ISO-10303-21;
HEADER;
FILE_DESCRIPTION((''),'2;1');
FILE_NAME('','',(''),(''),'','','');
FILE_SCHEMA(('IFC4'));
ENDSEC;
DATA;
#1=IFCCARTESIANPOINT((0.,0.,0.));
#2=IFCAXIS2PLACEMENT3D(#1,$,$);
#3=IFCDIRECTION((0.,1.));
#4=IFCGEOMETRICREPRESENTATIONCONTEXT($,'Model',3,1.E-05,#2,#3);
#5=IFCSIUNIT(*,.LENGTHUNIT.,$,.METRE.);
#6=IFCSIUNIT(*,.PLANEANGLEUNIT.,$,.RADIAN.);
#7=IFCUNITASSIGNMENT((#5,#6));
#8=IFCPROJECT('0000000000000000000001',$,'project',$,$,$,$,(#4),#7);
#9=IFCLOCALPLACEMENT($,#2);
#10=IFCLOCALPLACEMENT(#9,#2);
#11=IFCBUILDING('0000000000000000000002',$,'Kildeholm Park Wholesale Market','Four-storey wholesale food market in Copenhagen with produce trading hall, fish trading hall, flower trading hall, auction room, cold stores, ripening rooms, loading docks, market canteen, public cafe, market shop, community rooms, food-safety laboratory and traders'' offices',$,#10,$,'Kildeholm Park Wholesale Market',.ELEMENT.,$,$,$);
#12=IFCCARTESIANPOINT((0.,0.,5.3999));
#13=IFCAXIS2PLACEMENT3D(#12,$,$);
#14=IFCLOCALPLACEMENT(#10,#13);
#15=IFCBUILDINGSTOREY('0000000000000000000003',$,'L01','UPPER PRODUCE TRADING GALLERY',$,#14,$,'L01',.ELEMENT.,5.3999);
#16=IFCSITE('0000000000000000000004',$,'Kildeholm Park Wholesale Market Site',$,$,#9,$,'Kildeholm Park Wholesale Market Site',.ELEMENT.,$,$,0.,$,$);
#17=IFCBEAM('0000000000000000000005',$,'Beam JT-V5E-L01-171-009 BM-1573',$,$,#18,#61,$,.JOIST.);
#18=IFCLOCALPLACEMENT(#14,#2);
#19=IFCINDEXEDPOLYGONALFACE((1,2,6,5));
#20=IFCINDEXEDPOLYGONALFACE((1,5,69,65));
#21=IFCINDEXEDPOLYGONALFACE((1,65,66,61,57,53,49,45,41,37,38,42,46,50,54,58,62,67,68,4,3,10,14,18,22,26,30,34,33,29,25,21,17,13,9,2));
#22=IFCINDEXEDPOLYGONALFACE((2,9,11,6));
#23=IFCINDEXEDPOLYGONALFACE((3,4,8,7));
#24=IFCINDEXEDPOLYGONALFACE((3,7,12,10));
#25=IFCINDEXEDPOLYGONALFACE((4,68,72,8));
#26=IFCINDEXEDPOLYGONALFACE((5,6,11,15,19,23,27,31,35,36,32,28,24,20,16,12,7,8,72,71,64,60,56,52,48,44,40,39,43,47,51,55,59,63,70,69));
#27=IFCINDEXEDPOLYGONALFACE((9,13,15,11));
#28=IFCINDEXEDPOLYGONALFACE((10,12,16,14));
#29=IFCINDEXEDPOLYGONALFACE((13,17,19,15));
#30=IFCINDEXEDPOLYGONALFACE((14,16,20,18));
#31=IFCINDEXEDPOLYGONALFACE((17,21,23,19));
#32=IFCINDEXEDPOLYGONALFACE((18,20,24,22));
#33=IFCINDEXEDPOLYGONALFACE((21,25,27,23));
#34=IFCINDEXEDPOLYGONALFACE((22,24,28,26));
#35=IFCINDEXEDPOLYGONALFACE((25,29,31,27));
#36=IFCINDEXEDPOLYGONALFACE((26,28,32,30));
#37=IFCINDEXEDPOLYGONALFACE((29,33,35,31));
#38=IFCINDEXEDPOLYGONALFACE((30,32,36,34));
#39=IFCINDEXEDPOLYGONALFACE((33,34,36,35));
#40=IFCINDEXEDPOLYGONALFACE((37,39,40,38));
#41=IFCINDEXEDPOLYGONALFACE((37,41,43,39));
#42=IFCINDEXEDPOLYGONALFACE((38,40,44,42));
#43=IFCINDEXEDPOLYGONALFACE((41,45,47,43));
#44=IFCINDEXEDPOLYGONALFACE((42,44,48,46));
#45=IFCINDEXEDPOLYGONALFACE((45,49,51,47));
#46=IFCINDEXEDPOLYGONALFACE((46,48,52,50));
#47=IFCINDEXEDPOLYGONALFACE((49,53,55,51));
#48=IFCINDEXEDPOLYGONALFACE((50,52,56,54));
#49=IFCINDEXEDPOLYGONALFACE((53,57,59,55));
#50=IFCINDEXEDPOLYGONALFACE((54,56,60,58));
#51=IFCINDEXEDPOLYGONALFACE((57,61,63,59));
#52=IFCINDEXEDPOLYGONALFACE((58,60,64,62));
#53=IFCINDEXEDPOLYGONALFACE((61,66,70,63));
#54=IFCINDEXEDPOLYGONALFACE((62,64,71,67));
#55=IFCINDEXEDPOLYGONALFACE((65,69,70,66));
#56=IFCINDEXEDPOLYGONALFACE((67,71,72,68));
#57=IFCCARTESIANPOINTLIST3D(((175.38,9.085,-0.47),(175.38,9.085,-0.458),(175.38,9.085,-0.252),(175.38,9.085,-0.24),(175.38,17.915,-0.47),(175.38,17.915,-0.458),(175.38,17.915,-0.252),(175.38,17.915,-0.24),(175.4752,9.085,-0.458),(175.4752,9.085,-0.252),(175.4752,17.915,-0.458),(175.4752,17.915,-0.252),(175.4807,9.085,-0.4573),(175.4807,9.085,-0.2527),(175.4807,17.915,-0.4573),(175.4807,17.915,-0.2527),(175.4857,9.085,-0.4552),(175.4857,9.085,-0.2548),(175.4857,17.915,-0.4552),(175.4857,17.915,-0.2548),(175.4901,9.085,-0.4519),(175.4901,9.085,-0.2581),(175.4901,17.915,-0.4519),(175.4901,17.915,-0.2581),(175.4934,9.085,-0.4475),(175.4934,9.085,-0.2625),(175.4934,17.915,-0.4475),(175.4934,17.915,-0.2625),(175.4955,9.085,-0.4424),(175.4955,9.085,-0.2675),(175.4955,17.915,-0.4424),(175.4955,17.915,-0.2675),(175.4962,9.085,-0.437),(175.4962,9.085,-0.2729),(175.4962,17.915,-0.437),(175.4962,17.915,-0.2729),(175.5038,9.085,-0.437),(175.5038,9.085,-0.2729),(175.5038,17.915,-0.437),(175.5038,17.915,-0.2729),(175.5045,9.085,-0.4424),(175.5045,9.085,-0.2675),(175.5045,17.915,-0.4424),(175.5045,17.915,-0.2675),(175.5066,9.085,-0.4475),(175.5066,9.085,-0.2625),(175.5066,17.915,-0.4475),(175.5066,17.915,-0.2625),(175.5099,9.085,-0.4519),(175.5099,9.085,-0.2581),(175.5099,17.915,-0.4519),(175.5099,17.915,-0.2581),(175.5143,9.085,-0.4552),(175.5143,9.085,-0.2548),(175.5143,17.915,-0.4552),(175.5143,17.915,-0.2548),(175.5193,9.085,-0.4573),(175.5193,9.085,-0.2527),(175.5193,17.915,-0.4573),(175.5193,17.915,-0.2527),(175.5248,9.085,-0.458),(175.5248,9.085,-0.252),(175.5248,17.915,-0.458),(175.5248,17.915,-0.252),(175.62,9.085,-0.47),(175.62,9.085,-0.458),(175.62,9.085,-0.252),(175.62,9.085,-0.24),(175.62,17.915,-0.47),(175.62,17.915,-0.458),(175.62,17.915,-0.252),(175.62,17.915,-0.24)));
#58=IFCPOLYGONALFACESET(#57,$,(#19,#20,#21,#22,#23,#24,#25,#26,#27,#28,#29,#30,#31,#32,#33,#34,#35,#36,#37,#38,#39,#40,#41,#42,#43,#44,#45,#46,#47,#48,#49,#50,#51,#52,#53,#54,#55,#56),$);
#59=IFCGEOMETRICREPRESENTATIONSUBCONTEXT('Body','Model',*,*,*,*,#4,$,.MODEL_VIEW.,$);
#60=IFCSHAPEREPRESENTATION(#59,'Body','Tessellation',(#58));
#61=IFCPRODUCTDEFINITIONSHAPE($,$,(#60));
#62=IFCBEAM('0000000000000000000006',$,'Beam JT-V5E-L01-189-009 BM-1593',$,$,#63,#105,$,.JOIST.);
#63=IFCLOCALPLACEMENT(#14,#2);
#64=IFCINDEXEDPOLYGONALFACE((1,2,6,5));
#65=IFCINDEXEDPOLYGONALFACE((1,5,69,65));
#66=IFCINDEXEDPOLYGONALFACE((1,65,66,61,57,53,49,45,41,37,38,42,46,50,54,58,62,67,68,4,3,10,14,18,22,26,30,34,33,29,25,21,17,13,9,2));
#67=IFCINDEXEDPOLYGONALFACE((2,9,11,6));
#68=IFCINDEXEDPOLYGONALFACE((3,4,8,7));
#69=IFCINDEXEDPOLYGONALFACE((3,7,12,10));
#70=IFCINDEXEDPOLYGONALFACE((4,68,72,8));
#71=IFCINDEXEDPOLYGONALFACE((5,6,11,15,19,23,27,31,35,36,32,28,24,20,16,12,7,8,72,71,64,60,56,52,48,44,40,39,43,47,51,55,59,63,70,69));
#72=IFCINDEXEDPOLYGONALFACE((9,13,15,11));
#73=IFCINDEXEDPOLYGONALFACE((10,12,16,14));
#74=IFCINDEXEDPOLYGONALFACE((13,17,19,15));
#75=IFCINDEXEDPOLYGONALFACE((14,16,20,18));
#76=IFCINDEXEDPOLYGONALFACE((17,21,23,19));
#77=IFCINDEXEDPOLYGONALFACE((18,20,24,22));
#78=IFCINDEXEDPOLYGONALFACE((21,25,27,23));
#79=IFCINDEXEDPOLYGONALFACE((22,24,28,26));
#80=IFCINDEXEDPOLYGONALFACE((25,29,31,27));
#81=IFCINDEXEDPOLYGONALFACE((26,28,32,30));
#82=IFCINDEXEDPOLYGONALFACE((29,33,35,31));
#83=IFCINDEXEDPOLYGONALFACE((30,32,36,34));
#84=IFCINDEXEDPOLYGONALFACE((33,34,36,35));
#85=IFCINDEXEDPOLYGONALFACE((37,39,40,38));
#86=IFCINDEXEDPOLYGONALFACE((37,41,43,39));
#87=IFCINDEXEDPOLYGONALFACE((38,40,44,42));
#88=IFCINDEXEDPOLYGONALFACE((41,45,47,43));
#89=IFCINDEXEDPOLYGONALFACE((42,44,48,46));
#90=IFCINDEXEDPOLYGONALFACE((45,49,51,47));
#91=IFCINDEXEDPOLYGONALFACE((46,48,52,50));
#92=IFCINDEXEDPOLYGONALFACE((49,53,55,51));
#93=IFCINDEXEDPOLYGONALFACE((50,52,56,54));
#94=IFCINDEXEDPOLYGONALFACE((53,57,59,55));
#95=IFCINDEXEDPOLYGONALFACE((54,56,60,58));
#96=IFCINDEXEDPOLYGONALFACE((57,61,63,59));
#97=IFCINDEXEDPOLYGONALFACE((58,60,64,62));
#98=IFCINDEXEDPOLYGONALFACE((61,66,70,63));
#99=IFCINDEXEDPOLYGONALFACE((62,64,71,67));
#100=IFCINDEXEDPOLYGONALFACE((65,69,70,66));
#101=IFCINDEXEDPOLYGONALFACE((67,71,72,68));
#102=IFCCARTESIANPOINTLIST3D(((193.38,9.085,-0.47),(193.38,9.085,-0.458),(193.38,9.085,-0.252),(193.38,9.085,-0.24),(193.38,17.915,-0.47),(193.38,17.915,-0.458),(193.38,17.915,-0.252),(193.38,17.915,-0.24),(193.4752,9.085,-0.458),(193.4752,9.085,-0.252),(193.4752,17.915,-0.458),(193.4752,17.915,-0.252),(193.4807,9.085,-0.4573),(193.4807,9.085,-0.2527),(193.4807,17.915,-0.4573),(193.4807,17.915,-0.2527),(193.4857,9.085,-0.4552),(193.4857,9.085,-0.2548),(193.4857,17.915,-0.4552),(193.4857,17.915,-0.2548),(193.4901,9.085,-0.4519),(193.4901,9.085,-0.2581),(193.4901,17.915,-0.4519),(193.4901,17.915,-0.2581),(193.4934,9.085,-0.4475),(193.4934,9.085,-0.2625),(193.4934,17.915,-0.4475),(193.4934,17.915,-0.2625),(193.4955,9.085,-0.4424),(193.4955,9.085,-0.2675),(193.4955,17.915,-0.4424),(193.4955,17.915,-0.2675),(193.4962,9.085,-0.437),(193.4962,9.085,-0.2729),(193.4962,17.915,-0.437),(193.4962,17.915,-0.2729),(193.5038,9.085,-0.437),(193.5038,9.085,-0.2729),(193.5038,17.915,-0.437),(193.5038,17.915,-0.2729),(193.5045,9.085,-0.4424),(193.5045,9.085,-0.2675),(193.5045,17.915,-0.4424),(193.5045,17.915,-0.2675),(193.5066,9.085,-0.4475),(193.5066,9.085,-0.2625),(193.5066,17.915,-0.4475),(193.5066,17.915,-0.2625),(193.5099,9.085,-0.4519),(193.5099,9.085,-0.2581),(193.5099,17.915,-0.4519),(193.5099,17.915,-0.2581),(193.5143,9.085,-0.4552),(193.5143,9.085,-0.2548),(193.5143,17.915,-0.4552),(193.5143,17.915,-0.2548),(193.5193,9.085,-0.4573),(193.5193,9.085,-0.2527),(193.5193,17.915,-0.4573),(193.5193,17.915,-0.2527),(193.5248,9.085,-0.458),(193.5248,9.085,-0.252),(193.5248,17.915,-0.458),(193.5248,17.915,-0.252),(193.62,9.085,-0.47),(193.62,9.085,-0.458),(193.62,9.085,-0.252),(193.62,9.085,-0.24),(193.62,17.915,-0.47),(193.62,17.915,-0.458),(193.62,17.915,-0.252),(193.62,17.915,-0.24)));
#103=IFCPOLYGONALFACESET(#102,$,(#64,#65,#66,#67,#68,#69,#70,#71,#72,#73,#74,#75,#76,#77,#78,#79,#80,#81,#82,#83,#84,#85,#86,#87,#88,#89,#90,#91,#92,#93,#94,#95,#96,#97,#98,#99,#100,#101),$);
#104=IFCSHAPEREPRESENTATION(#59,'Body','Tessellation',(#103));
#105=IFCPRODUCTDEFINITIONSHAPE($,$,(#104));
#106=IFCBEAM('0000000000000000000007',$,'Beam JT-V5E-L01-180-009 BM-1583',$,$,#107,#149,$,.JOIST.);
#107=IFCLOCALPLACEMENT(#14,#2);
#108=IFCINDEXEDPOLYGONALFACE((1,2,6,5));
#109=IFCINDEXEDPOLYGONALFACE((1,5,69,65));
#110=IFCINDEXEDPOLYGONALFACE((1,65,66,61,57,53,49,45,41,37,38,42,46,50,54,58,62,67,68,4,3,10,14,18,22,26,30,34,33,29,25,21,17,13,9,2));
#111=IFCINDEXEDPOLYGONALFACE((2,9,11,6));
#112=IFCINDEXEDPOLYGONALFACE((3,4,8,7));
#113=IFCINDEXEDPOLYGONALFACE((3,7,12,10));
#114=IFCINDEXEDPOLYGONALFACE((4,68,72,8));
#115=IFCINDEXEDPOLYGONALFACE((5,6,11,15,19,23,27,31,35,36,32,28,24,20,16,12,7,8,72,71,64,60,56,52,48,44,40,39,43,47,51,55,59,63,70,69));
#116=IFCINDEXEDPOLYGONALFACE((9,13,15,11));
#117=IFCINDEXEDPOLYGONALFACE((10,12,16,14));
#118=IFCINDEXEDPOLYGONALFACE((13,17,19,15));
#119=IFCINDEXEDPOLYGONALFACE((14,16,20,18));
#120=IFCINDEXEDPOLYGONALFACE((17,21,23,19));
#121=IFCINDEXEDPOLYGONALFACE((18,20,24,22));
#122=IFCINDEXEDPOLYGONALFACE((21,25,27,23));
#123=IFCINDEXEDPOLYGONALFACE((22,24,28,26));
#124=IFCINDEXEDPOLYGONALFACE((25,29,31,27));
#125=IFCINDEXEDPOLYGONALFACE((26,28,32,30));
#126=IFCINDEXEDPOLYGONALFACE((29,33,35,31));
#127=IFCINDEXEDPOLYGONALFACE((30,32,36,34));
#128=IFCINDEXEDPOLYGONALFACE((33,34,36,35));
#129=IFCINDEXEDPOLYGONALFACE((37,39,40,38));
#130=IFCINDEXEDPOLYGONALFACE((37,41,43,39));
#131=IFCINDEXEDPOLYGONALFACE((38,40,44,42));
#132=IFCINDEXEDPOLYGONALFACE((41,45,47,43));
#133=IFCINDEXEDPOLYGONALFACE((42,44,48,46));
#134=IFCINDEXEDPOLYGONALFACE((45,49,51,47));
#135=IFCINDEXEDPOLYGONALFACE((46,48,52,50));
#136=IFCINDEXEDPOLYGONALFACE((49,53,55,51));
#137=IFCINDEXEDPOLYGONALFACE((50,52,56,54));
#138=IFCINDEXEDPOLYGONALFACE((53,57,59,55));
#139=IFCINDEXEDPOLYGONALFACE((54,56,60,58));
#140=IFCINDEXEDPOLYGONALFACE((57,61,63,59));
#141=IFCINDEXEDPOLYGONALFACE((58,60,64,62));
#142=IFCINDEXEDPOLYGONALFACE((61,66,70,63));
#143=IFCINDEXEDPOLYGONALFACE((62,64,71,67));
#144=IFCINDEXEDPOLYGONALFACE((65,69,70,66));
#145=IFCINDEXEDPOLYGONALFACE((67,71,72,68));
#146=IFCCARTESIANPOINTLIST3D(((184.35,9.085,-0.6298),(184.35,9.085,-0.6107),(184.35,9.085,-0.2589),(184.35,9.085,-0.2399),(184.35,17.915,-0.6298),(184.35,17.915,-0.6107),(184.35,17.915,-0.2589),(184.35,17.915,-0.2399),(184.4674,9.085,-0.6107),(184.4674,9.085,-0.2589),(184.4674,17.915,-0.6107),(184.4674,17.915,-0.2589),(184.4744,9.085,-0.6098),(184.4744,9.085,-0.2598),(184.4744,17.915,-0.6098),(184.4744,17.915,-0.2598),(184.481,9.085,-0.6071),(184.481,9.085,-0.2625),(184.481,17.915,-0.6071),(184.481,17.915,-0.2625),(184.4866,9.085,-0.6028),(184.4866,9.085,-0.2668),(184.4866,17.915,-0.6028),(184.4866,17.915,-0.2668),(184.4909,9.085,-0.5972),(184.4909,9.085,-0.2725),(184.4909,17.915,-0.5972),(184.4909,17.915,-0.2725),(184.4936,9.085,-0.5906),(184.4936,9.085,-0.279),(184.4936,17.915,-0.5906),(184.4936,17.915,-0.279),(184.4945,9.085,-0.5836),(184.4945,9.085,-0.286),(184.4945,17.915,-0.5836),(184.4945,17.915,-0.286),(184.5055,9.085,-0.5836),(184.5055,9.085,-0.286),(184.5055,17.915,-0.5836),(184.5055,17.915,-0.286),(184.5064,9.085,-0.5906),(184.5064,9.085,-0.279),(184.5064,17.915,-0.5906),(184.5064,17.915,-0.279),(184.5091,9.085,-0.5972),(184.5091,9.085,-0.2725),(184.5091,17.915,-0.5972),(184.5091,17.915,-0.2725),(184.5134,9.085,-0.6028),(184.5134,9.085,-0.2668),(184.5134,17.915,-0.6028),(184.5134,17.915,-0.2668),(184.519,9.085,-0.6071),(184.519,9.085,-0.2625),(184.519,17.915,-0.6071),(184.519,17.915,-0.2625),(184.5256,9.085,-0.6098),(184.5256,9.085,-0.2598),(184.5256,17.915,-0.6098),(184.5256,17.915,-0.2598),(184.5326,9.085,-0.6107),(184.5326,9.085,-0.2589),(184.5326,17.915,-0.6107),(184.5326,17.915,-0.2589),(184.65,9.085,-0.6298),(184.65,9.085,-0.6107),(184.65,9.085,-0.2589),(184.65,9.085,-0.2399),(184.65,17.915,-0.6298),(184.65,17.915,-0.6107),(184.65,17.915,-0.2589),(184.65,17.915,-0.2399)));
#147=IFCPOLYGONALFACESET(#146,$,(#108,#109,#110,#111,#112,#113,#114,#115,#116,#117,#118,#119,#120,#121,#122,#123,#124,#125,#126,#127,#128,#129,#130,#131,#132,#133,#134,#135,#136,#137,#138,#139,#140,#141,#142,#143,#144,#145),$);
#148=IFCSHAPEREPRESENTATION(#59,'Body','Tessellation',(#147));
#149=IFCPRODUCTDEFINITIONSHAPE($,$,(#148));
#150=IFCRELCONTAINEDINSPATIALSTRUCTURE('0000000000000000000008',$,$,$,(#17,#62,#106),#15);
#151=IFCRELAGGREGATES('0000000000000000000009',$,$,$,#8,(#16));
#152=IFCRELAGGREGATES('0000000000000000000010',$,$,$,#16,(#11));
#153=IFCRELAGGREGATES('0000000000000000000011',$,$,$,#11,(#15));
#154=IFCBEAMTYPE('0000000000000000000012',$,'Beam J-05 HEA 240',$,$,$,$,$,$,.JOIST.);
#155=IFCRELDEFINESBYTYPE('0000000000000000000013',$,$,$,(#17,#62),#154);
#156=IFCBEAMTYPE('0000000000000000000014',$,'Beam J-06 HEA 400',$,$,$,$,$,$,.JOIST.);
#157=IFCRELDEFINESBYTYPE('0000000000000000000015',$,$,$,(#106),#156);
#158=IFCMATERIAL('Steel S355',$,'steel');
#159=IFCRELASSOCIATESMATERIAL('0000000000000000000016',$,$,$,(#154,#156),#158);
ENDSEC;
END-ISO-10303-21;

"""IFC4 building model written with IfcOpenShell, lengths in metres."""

from ifc_helpers import new_model, si_unit, direction, frame, origin, origin_2d, place, context, subcontext, project, spatial, i_section, extrude, material, material_profile, profile_set, type_object, element, save


model = new_model("IFC4")

# Units and contexts
model_context = context("Model", 3, precision=1e-05, world=origin(), true_north=direction((0.0, 1.0)))
body_context = subcontext(model_context, "Body", "Model", "MODEL_VIEW")
ifc_project = project(units=[si_unit("LENGTHUNIT", "METRE"), si_unit("PLANEANGLEUNIT", "RADIAN")], contexts=[model_context])

# Site, building, storey
site_placement = place(None, origin())
site = spatial("IfcSite", under=ifc_project, at=site_placement, Name="Kildeholm Park Wholesale Market Site", LongName="Kildeholm Park Wholesale Market Site", CompositionType="ELEMENT", RefElevation=0.0)
building_placement = place(site_placement, origin())
building = spatial("IfcBuilding", under=site, at=building_placement, Name="Kildeholm Park Wholesale Market", Description="Four-storey wholesale food market in Copenhagen with produce trading hall, fish trading hall, flower trading hall, auction room, cold stores, ripening rooms, loading docks, market canteen, public cafe, market shop, community rooms, food-safety laboratory and traders' offices", LongName="Kildeholm Park Wholesale Market", CompositionType="ELEMENT")
storey_placement = place(building_placement, frame((0.0, 0.0, 5.3999)))
storey = spatial("IfcBuildingStorey", under=building, at=storey_placement, Name="L01", Description="UPPER PRODUCE TRADING GALLERY", LongName="L01", CompositionType="ELEMENT", Elevation=5.3999)

# Shared definitions
ifc_material_1 = material(Name="Steel S355", Category="steel")

# Beams
ifc_material_profile_1 = material_profile(ifc_material_1, i_section(OverallWidth=0.24, OverallDepth=0.23, WebThickness=0.0076, FlangeThickness=0.012, FilletRadius=0.021, at=origin_2d()), Name="HEA 240")
ifc_profile_set_1 = profile_set([ifc_material_profile_1], Name="Steel S355")
beam_type_1 = type_object("IfcBeamType", Name="Beam J-05 HEA 240", PredefinedType="JOIST", material=ifc_profile_set_1)
for number, where, z_axis, x_axis, name in (
    (1, (175.5, 9.085, -0.355), (0.0, 1.0, 0.0), (-1.0, 0.0, 0.0), "Beam JT-V5E-L01-171-009 BM-1573"),
    (2, (193.5, 9.085, -0.355), (0.0, 1.0, 0.0), (-1.0, 0.0, 0.0), "Beam JT-V5E-L01-189-009 BM-1593"),
):
    element("IfcBeam", number, at=place(storey_placement, frame(where, z_axis=z_axis, x_axis=x_axis)), inside=storey, type_object=beam_type_1, Name=name, PredefinedType="JOIST", context=body_context, shape_type="SweptSolid", body=[
        extrude(i_section(OverallWidth=0.24, OverallDepth=0.23, WebThickness=0.0076, FlangeThickness=0.012, FilletRadius=0.021, at=origin_2d()), origin(), (0.0, 0.0, 1.0), 8.8301),
    ])
ifc_material_profile_2 = material_profile(ifc_material_1, i_section(OverallWidth=0.3, OverallDepth=0.3899, WebThickness=0.011, FlangeThickness=0.019, FilletRadius=0.0271, at=origin_2d()), Name="HEA 400")
ifc_profile_set_2 = profile_set([ifc_material_profile_2], Name="Steel S355")
beam_type_2 = type_object("IfcBeamType", Name="Beam J-06 HEA 400", PredefinedType="JOIST", material=ifc_profile_set_2)
beam_1_placement = place(storey_placement, frame((184.5, 9.085, -0.4348), z_axis=(0.0, 1.0, 0.0), x_axis=(-1.0, 0.0, 0.0)))
element("IfcBeam", 3, at=beam_1_placement, inside=storey, type_object=beam_type_2, Name="Beam JT-V5E-L01-180-009 BM-1583", PredefinedType="JOIST", context=body_context, shape_type="SweptSolid", body=[
    extrude(i_section(OverallWidth=0.3, OverallDepth=0.3899, WebThickness=0.011, FlangeThickness=0.019, FilletRadius=0.0271, at=origin_2d()), origin(), (0.0, 0.0, 1.0), 8.8301),
])

save(model, "model.ifc")
